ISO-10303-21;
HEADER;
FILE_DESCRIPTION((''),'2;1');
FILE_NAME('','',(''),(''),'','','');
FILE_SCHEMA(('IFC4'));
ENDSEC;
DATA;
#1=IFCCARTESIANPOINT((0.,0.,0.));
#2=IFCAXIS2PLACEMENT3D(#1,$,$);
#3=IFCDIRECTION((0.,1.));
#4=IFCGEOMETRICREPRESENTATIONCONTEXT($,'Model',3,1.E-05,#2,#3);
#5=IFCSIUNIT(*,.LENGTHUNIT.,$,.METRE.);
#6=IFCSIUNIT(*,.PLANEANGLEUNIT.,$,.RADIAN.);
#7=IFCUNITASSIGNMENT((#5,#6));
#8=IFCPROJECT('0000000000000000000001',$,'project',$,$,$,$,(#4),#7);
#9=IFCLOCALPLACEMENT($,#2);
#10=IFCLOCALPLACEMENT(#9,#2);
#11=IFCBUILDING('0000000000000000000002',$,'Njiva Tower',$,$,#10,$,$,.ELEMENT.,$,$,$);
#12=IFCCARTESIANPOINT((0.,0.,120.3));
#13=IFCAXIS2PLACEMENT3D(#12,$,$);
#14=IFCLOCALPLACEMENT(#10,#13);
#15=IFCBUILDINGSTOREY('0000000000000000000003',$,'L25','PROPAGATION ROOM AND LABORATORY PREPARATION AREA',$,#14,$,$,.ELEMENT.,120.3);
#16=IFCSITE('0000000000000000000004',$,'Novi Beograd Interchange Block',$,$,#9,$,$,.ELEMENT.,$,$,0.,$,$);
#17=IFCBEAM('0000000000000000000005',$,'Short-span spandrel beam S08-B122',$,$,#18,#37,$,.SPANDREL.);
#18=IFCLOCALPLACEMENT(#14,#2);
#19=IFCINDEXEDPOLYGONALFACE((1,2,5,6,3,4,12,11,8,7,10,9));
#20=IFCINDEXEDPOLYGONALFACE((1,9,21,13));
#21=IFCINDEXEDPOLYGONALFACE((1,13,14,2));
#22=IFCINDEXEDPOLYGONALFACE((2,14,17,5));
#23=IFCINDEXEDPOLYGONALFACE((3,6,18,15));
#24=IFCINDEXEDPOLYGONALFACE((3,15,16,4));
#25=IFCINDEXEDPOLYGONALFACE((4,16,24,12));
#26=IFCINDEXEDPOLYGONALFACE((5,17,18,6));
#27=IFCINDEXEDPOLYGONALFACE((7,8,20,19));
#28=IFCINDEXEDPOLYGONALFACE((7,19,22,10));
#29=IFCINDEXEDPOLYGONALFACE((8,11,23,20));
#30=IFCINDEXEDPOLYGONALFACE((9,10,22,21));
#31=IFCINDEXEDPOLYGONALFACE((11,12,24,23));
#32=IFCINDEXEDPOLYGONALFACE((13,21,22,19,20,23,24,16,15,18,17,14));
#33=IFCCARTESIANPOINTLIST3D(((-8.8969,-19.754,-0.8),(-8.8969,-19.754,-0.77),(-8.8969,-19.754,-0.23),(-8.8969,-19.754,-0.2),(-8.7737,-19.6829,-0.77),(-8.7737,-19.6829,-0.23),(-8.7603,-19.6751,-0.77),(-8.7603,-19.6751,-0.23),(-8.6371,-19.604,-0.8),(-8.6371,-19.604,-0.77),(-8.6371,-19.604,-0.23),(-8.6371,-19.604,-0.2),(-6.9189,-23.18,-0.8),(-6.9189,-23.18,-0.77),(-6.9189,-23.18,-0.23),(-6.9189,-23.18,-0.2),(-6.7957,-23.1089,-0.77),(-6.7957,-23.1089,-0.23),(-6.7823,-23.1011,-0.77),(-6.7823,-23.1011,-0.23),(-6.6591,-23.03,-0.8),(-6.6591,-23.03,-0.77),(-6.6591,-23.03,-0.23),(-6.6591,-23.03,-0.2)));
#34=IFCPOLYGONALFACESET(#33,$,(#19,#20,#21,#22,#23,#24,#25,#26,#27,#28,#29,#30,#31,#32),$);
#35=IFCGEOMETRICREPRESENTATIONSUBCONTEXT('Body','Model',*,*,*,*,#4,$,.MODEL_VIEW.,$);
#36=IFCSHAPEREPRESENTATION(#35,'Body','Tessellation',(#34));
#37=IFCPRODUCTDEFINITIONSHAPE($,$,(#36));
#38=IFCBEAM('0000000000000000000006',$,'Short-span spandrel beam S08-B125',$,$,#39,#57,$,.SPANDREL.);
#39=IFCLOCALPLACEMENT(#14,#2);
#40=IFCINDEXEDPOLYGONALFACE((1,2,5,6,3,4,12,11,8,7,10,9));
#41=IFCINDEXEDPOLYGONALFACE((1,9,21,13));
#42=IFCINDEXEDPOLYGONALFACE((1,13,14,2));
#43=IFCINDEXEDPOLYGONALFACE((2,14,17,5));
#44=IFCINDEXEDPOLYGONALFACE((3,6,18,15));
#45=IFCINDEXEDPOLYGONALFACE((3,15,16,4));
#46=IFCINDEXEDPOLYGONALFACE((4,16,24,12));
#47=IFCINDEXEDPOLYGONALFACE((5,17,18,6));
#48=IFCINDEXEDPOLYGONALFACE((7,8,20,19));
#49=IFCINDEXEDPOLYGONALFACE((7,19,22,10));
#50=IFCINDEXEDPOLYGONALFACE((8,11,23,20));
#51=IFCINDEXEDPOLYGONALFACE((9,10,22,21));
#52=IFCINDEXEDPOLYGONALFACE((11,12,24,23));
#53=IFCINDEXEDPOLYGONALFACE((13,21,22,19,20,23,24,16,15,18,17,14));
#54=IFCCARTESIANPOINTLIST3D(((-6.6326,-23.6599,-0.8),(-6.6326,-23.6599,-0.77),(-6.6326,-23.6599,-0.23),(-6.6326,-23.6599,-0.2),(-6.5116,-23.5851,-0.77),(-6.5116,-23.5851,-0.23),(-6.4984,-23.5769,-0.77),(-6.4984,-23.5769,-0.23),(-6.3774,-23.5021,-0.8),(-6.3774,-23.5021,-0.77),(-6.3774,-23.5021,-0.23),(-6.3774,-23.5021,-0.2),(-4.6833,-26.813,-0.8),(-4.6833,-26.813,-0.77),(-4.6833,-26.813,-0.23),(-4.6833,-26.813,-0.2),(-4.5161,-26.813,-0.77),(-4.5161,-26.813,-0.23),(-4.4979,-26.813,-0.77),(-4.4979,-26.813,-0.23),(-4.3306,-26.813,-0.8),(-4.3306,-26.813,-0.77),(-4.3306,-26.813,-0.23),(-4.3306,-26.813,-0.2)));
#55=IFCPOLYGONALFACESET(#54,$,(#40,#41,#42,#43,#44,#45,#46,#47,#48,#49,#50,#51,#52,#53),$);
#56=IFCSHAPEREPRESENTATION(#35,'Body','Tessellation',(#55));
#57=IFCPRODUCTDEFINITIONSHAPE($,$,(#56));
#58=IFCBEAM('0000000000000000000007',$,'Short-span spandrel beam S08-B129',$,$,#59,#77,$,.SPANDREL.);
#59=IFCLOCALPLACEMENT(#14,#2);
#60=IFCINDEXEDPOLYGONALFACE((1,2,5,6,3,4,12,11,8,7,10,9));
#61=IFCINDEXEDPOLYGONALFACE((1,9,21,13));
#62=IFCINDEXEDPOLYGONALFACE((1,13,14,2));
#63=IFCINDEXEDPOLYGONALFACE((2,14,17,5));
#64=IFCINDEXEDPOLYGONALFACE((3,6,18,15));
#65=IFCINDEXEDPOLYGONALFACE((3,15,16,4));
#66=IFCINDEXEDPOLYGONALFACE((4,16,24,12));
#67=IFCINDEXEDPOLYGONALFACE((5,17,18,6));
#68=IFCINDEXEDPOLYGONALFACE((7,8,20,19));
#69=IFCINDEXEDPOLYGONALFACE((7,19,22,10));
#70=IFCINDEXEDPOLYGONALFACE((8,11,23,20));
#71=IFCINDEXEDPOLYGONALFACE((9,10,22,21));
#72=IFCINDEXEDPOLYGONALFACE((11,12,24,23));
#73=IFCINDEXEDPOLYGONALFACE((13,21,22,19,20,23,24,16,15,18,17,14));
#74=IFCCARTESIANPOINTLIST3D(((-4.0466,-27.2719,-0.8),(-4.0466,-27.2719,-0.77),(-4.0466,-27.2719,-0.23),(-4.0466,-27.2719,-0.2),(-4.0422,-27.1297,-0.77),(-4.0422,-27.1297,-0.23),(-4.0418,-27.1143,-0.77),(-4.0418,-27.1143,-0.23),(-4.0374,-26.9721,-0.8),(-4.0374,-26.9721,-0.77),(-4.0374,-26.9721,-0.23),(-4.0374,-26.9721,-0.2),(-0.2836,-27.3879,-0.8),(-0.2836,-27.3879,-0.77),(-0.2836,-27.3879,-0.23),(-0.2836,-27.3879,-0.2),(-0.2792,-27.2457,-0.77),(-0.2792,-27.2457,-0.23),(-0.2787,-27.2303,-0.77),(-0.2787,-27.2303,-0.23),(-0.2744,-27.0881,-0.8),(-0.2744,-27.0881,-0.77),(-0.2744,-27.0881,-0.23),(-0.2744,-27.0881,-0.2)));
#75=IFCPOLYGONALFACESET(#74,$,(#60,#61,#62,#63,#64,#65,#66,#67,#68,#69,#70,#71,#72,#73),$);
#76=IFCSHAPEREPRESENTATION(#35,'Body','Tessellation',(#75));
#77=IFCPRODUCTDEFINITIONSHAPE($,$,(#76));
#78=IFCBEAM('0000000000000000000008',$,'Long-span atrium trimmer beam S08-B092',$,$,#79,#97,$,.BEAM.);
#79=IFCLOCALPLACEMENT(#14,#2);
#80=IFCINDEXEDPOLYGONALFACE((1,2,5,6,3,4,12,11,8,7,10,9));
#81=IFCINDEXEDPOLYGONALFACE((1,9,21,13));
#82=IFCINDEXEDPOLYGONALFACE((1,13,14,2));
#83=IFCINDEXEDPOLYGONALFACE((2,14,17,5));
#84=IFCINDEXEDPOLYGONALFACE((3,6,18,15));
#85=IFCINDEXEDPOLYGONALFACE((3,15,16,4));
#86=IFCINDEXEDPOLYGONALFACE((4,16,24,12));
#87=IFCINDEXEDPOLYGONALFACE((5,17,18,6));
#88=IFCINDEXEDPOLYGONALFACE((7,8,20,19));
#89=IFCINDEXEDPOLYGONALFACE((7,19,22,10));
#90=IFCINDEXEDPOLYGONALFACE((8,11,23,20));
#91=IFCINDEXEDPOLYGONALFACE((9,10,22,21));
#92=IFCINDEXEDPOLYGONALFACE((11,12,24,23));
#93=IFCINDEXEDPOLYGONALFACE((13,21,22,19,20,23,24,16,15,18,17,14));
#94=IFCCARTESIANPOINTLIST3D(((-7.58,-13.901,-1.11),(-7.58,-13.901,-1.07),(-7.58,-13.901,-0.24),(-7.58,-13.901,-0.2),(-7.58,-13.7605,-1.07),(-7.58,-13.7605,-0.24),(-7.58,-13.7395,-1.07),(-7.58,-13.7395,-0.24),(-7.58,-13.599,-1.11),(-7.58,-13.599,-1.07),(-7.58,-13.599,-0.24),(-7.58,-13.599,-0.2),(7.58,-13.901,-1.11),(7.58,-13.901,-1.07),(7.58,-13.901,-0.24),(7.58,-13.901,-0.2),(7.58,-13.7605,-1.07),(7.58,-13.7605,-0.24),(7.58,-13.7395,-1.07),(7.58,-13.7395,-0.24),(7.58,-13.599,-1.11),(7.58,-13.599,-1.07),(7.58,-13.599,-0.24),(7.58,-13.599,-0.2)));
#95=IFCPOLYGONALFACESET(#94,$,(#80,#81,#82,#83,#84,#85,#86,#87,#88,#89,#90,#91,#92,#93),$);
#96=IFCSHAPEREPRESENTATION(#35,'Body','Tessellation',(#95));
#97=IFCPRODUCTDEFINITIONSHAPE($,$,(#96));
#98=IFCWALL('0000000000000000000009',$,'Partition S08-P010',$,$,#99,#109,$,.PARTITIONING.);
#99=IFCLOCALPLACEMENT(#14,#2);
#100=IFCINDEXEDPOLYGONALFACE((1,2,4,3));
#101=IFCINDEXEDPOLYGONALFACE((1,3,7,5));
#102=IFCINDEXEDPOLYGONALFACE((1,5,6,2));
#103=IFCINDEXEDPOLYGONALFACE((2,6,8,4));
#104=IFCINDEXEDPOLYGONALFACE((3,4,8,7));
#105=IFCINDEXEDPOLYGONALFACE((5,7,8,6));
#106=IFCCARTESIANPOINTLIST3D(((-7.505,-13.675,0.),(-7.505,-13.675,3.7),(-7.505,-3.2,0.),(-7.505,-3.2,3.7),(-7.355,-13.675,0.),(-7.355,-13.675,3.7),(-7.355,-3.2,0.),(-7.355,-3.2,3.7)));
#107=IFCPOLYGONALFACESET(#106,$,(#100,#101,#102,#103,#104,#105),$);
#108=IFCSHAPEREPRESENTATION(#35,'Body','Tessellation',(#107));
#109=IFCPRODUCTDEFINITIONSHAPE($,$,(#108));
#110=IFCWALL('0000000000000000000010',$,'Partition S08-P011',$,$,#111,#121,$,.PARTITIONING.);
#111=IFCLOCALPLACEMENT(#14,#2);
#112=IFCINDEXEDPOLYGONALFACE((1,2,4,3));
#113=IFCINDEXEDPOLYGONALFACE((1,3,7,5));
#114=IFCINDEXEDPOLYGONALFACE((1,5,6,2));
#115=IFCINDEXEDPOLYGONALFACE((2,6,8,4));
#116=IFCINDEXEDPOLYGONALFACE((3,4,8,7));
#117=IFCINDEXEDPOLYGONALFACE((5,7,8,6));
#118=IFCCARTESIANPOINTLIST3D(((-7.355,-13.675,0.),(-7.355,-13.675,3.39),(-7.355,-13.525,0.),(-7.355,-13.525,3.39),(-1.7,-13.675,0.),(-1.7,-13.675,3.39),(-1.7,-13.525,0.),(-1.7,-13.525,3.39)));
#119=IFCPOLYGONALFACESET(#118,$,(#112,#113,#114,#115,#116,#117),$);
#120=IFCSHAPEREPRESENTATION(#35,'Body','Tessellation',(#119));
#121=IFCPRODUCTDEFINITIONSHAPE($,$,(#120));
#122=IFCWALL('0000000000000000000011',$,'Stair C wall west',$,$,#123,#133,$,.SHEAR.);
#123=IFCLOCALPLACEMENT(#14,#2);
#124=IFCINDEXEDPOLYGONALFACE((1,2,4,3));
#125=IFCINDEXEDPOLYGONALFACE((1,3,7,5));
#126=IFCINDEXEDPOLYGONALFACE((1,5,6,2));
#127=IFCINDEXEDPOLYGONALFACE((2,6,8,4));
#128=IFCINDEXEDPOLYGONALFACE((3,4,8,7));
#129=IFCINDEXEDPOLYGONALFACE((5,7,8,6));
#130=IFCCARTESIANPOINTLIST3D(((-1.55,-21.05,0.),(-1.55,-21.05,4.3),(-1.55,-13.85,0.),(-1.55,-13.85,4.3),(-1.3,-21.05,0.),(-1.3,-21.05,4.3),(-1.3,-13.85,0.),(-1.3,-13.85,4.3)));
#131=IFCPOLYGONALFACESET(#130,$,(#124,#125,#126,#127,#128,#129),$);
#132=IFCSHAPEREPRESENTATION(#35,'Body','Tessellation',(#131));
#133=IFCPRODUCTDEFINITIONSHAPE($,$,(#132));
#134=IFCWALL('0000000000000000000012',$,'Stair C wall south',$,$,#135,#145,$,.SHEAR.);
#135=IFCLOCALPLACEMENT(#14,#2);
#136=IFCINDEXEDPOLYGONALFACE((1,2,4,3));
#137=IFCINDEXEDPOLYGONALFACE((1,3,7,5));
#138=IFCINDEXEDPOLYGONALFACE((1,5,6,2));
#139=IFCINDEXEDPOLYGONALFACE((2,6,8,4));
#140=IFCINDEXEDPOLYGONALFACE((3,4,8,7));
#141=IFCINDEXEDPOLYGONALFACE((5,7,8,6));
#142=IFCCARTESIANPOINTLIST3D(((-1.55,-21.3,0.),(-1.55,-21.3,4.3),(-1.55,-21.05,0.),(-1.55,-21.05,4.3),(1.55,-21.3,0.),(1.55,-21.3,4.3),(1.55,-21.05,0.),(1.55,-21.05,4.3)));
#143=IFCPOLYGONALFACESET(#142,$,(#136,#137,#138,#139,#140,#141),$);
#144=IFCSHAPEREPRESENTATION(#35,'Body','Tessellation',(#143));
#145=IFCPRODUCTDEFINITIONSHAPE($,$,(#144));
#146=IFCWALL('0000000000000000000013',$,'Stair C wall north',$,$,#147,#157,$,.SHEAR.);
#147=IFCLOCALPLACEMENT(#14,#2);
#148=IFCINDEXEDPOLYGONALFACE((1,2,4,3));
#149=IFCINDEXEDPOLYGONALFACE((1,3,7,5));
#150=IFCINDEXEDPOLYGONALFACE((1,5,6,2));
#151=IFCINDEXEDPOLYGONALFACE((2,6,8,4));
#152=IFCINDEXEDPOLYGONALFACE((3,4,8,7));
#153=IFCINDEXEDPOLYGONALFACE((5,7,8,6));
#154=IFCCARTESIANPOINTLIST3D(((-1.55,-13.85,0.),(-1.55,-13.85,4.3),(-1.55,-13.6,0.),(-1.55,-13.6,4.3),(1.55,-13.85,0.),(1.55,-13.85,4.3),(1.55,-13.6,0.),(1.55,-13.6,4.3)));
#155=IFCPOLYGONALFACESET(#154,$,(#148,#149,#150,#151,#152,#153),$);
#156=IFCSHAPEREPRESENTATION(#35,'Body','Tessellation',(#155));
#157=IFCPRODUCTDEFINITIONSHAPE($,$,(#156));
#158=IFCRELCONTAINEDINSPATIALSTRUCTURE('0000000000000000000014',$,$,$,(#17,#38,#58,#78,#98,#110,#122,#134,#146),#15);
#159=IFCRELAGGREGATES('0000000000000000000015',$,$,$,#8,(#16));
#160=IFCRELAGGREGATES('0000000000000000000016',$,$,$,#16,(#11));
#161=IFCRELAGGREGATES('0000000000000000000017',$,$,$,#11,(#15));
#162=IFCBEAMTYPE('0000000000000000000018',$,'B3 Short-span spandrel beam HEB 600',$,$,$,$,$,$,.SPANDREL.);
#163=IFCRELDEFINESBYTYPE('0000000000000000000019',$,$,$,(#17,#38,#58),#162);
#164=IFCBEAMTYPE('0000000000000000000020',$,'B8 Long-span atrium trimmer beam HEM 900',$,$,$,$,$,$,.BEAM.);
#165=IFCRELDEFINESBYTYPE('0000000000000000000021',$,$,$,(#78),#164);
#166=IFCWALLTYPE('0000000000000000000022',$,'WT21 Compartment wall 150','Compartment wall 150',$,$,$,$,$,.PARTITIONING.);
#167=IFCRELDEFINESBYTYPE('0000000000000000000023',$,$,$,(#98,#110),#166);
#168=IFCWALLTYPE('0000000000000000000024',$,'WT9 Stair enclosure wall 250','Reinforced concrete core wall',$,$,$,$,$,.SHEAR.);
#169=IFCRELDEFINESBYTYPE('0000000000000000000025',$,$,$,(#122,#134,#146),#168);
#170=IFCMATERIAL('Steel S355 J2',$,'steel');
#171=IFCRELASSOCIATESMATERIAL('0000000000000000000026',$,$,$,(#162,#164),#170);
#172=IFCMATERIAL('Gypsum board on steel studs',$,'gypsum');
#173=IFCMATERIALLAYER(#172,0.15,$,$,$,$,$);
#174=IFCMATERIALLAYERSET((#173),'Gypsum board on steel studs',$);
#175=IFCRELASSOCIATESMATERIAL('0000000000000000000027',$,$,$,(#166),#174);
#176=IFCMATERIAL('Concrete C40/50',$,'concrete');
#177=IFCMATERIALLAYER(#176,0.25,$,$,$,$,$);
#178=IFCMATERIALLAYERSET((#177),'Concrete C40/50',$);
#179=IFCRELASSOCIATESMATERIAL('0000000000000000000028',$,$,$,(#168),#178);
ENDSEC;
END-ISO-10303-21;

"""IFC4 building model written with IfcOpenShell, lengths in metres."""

from ifc_helpers import new_model, si_unit, direction, frame, frame_2d, origin, origin_2d, place, context, subcontext, project, spatial, rectangle, i_section, extrude, clip, halfspace, material, layer, layer_set, material_profile, profile_set, type_object, element, save


model = new_model("IFC4")

# Units and contexts
model_context = context("Model", 3, precision=1e-05, world=origin(), true_north=direction((0.0, 1.0)))
body_context = subcontext(model_context, "Body", "Model", "MODEL_VIEW")
ifc_project = project(units=[si_unit("LENGTHUNIT", "METRE"), si_unit("PLANEANGLEUNIT", "RADIAN")], contexts=[model_context])

# Site, building, storey
site_placement = place(None, origin())
site = spatial("IfcSite", under=ifc_project, at=site_placement, Name="Novi Beograd Interchange Block", CompositionType="ELEMENT", RefElevation=0.0)
building_placement = place(site_placement, origin())
building = spatial("IfcBuilding", under=site, at=building_placement, Name="Njiva Tower", CompositionType="ELEMENT")
storey_placement = place(building_placement, frame((0.0, 0.0, 120.3)))
storey = spatial("IfcBuildingStorey", under=building, at=storey_placement, Name="L25", Description="PROPAGATION ROOM AND LABORATORY PREPARATION AREA", CompositionType="ELEMENT", Elevation=120.3)

# Shared definitions
ifc_material_1 = material(Name="Steel S355 J2", Category="steel")

# Beams
ifc_material_profile_1 = material_profile(ifc_material_1, i_section(OverallWidth=0.3, OverallDepth=0.6, WebThickness=0.0155, FlangeThickness=0.03, at=origin_2d()), Name="HEB 600")
ifc_profile_set_1 = profile_set([ifc_material_profile_1], Name="Steel S355 J2")
beam_type_1 = type_object("IfcBeamType", Name="B3 Short-span spandrel beam HEB 600", PredefinedType="SPANDREL", material=ifc_profile_set_1)
beam_1_placement = place(storey_placement, frame((-8.767, -19.679, -0.5), z_axis=(0.5, -0.866026, 0.0), x_axis=(0.866026, 0.5, 0.0)))
element("IfcBeam", 1, at=beam_1_placement, inside=storey, type_object=beam_type_1, Name="Short-span spandrel beam S08-B122", PredefinedType="SPANDREL", context=body_context, shape_type="SweptSolid", body=[
    extrude(i_section(OverallWidth=0.3, OverallDepth=0.6, WebThickness=0.0155, FlangeThickness=0.03, at=origin_2d()), origin(), (0.0, 0.0, 1.0), 3.956),
])
beam_2_placement = place(storey_placement, frame((-6.505, -23.581, -0.5), z_axis=(0.525829, -0.85059, 0.0), x_axis=(0.85059, 0.525829, 0.0)))
element("IfcBeam", 2, at=beam_2_placement, inside=storey, type_object=beam_type_1, Name="Short-span spandrel beam S08-B125", PredefinedType="SPANDREL", context=body_context, shape_type="Clipping", body=[
    clip(extrude(i_section(OverallWidth=0.3, OverallDepth=0.6, WebThickness=0.0155, FlangeThickness=0.03, at=origin_2d()), origin(), (0.0, 0.0, 1.0), 3.9127), halfspace(frame((-0.0261, 0.0, 3.7836), z_axis=(-0.525829, 0.0, 0.85059), x_axis=(0.0, 1.0, 0.0)), False)),
])
beam_3_placement = place(storey_placement, frame((-4.042, -27.122, -0.5), z_axis=(0.999525, -0.030812, 0.0), x_axis=(0.030812, 0.999525, 0.0)))
element("IfcBeam", 3, at=beam_3_placement, inside=storey, type_object=beam_type_1, Name="Short-span spandrel beam S08-B129", PredefinedType="SPANDREL", context=body_context, shape_type="SweptSolid", body=[
    extrude(i_section(OverallWidth=0.3, OverallDepth=0.6, WebThickness=0.0155, FlangeThickness=0.03, at=origin_2d()), origin(), (0.0, 0.0, 1.0), 3.7648),
])
ifc_material_profile_2 = material_profile(ifc_material_1, i_section(OverallWidth=0.302, OverallDepth=0.91, WebThickness=0.021, FlangeThickness=0.04, at=origin_2d()), Name="HEM 900")
ifc_profile_set_2 = profile_set([ifc_material_profile_2], Name="Steel S355 J2")
beam_type_2 = type_object("IfcBeamType", Name="B8 Long-span atrium trimmer beam HEM 900", PredefinedType="BEAM", material=ifc_profile_set_2)
beam_4_placement = place(storey_placement, frame((-7.58, -13.75, -0.655), z_axis=(1.0, 0.0, 0.0), x_axis=(0.0, 1.0, 0.0)))
element("IfcBeam", 4, at=beam_4_placement, inside=storey, type_object=beam_type_2, Name="Long-span atrium trimmer beam S08-B092", PredefinedType="BEAM", context=body_context, shape_type="SweptSolid", body=[
    extrude(i_section(OverallWidth=0.302, OverallDepth=0.91, WebThickness=0.021, FlangeThickness=0.04, at=origin_2d()), origin(), (0.0, 0.0, 1.0), 15.16),
])

# Walls
ifc_material_2 = material(Name="Gypsum board on steel studs", Category="gypsum")
ifc_layer_1 = layer(ifc_material_2, 0.15)
ifc_layer_set_1 = layer_set([ifc_layer_1], Name="Gypsum board on steel studs")
wall_type_1 = type_object("IfcWallType", Name="WT21 Compartment wall 150", Description="Compartment wall 150", PredefinedType="PARTITIONING", material=ifc_layer_set_1)
wall_1_placement = place(storey_placement, frame((-7.43, -13.675, 0.0), z_axis=(0.0, 0.0, 1.0), x_axis=(0.0, 1.0, 0.0)))
element("IfcWall", 5, at=wall_1_placement, inside=storey, type_object=wall_type_1, Name="Partition S08-P010", PredefinedType="PARTITIONING", context=body_context, shape_type="SweptSolid", body=[
    extrude(rectangle(XDim=10.475, YDim=0.15, at=frame_2d((5.2375, 0.0))), origin(), (0.0, 0.0, 1.0), 3.7),
])
wall_2_placement = place(storey_placement, frame((-7.355, -13.6, 0.0), z_axis=(0.0, 0.0, 1.0), x_axis=(1.0, 0.0, 0.0)))
element("IfcWall", 6, at=wall_2_placement, inside=storey, type_object=wall_type_1, Name="Partition S08-P011", PredefinedType="PARTITIONING", context=body_context, shape_type="SweptSolid", body=[
    extrude(rectangle(XDim=5.655, YDim=0.15, at=frame_2d((2.8275, 0.0))), origin(), (0.0, 0.0, 1.0), 3.39),
])
ifc_material_3 = material(Name="Concrete C40/50", Category="concrete")
ifc_layer_2 = layer(ifc_material_3, 0.25)
ifc_layer_set_2 = layer_set([ifc_layer_2], Name="Concrete C40/50")
wall_type_2 = type_object("IfcWallType", Name="WT9 Stair enclosure wall 250", Description="Reinforced concrete core wall", PredefinedType="SHEAR", material=ifc_layer_set_2)
wall_3_placement = place(storey_placement, frame((-1.425, -21.05, 0.0), z_axis=(0.0, 0.0, 1.0), x_axis=(0.0, 1.0, 0.0)))
element("IfcWall", 7, at=wall_3_placement, inside=storey, type_object=wall_type_2, Name="Stair C wall west", PredefinedType="SHEAR", context=body_context, shape_type="SweptSolid", body=[
    extrude(rectangle(XDim=7.2, YDim=0.25, at=frame_2d((3.6, 0.0))), origin(), (0.0, 0.0, 1.0), 4.3),
])
for number, where, z_axis, x_axis, name in (
    (8, (-1.55, -21.175, 0.0), (0.0, 0.0, 1.0), (1.0, 0.0, 0.0), "Stair C wall south"),
    (9, (-1.55, -13.725, 0.0), (0.0, 0.0, 1.0), (1.0, 0.0, 0.0), "Stair C wall north"),
):
    element("IfcWall", number, at=place(storey_placement, frame(where, z_axis=z_axis, x_axis=x_axis)), inside=storey, type_object=wall_type_2, Name=name, PredefinedType="SHEAR", context=body_context, shape_type="SweptSolid", body=[
        extrude(rectangle(XDim=3.1, YDim=0.25, at=frame_2d((1.55, 0.0))), origin(), (0.0, 0.0, 1.0), 4.3),
    ])

save(model, "model.ifc")
